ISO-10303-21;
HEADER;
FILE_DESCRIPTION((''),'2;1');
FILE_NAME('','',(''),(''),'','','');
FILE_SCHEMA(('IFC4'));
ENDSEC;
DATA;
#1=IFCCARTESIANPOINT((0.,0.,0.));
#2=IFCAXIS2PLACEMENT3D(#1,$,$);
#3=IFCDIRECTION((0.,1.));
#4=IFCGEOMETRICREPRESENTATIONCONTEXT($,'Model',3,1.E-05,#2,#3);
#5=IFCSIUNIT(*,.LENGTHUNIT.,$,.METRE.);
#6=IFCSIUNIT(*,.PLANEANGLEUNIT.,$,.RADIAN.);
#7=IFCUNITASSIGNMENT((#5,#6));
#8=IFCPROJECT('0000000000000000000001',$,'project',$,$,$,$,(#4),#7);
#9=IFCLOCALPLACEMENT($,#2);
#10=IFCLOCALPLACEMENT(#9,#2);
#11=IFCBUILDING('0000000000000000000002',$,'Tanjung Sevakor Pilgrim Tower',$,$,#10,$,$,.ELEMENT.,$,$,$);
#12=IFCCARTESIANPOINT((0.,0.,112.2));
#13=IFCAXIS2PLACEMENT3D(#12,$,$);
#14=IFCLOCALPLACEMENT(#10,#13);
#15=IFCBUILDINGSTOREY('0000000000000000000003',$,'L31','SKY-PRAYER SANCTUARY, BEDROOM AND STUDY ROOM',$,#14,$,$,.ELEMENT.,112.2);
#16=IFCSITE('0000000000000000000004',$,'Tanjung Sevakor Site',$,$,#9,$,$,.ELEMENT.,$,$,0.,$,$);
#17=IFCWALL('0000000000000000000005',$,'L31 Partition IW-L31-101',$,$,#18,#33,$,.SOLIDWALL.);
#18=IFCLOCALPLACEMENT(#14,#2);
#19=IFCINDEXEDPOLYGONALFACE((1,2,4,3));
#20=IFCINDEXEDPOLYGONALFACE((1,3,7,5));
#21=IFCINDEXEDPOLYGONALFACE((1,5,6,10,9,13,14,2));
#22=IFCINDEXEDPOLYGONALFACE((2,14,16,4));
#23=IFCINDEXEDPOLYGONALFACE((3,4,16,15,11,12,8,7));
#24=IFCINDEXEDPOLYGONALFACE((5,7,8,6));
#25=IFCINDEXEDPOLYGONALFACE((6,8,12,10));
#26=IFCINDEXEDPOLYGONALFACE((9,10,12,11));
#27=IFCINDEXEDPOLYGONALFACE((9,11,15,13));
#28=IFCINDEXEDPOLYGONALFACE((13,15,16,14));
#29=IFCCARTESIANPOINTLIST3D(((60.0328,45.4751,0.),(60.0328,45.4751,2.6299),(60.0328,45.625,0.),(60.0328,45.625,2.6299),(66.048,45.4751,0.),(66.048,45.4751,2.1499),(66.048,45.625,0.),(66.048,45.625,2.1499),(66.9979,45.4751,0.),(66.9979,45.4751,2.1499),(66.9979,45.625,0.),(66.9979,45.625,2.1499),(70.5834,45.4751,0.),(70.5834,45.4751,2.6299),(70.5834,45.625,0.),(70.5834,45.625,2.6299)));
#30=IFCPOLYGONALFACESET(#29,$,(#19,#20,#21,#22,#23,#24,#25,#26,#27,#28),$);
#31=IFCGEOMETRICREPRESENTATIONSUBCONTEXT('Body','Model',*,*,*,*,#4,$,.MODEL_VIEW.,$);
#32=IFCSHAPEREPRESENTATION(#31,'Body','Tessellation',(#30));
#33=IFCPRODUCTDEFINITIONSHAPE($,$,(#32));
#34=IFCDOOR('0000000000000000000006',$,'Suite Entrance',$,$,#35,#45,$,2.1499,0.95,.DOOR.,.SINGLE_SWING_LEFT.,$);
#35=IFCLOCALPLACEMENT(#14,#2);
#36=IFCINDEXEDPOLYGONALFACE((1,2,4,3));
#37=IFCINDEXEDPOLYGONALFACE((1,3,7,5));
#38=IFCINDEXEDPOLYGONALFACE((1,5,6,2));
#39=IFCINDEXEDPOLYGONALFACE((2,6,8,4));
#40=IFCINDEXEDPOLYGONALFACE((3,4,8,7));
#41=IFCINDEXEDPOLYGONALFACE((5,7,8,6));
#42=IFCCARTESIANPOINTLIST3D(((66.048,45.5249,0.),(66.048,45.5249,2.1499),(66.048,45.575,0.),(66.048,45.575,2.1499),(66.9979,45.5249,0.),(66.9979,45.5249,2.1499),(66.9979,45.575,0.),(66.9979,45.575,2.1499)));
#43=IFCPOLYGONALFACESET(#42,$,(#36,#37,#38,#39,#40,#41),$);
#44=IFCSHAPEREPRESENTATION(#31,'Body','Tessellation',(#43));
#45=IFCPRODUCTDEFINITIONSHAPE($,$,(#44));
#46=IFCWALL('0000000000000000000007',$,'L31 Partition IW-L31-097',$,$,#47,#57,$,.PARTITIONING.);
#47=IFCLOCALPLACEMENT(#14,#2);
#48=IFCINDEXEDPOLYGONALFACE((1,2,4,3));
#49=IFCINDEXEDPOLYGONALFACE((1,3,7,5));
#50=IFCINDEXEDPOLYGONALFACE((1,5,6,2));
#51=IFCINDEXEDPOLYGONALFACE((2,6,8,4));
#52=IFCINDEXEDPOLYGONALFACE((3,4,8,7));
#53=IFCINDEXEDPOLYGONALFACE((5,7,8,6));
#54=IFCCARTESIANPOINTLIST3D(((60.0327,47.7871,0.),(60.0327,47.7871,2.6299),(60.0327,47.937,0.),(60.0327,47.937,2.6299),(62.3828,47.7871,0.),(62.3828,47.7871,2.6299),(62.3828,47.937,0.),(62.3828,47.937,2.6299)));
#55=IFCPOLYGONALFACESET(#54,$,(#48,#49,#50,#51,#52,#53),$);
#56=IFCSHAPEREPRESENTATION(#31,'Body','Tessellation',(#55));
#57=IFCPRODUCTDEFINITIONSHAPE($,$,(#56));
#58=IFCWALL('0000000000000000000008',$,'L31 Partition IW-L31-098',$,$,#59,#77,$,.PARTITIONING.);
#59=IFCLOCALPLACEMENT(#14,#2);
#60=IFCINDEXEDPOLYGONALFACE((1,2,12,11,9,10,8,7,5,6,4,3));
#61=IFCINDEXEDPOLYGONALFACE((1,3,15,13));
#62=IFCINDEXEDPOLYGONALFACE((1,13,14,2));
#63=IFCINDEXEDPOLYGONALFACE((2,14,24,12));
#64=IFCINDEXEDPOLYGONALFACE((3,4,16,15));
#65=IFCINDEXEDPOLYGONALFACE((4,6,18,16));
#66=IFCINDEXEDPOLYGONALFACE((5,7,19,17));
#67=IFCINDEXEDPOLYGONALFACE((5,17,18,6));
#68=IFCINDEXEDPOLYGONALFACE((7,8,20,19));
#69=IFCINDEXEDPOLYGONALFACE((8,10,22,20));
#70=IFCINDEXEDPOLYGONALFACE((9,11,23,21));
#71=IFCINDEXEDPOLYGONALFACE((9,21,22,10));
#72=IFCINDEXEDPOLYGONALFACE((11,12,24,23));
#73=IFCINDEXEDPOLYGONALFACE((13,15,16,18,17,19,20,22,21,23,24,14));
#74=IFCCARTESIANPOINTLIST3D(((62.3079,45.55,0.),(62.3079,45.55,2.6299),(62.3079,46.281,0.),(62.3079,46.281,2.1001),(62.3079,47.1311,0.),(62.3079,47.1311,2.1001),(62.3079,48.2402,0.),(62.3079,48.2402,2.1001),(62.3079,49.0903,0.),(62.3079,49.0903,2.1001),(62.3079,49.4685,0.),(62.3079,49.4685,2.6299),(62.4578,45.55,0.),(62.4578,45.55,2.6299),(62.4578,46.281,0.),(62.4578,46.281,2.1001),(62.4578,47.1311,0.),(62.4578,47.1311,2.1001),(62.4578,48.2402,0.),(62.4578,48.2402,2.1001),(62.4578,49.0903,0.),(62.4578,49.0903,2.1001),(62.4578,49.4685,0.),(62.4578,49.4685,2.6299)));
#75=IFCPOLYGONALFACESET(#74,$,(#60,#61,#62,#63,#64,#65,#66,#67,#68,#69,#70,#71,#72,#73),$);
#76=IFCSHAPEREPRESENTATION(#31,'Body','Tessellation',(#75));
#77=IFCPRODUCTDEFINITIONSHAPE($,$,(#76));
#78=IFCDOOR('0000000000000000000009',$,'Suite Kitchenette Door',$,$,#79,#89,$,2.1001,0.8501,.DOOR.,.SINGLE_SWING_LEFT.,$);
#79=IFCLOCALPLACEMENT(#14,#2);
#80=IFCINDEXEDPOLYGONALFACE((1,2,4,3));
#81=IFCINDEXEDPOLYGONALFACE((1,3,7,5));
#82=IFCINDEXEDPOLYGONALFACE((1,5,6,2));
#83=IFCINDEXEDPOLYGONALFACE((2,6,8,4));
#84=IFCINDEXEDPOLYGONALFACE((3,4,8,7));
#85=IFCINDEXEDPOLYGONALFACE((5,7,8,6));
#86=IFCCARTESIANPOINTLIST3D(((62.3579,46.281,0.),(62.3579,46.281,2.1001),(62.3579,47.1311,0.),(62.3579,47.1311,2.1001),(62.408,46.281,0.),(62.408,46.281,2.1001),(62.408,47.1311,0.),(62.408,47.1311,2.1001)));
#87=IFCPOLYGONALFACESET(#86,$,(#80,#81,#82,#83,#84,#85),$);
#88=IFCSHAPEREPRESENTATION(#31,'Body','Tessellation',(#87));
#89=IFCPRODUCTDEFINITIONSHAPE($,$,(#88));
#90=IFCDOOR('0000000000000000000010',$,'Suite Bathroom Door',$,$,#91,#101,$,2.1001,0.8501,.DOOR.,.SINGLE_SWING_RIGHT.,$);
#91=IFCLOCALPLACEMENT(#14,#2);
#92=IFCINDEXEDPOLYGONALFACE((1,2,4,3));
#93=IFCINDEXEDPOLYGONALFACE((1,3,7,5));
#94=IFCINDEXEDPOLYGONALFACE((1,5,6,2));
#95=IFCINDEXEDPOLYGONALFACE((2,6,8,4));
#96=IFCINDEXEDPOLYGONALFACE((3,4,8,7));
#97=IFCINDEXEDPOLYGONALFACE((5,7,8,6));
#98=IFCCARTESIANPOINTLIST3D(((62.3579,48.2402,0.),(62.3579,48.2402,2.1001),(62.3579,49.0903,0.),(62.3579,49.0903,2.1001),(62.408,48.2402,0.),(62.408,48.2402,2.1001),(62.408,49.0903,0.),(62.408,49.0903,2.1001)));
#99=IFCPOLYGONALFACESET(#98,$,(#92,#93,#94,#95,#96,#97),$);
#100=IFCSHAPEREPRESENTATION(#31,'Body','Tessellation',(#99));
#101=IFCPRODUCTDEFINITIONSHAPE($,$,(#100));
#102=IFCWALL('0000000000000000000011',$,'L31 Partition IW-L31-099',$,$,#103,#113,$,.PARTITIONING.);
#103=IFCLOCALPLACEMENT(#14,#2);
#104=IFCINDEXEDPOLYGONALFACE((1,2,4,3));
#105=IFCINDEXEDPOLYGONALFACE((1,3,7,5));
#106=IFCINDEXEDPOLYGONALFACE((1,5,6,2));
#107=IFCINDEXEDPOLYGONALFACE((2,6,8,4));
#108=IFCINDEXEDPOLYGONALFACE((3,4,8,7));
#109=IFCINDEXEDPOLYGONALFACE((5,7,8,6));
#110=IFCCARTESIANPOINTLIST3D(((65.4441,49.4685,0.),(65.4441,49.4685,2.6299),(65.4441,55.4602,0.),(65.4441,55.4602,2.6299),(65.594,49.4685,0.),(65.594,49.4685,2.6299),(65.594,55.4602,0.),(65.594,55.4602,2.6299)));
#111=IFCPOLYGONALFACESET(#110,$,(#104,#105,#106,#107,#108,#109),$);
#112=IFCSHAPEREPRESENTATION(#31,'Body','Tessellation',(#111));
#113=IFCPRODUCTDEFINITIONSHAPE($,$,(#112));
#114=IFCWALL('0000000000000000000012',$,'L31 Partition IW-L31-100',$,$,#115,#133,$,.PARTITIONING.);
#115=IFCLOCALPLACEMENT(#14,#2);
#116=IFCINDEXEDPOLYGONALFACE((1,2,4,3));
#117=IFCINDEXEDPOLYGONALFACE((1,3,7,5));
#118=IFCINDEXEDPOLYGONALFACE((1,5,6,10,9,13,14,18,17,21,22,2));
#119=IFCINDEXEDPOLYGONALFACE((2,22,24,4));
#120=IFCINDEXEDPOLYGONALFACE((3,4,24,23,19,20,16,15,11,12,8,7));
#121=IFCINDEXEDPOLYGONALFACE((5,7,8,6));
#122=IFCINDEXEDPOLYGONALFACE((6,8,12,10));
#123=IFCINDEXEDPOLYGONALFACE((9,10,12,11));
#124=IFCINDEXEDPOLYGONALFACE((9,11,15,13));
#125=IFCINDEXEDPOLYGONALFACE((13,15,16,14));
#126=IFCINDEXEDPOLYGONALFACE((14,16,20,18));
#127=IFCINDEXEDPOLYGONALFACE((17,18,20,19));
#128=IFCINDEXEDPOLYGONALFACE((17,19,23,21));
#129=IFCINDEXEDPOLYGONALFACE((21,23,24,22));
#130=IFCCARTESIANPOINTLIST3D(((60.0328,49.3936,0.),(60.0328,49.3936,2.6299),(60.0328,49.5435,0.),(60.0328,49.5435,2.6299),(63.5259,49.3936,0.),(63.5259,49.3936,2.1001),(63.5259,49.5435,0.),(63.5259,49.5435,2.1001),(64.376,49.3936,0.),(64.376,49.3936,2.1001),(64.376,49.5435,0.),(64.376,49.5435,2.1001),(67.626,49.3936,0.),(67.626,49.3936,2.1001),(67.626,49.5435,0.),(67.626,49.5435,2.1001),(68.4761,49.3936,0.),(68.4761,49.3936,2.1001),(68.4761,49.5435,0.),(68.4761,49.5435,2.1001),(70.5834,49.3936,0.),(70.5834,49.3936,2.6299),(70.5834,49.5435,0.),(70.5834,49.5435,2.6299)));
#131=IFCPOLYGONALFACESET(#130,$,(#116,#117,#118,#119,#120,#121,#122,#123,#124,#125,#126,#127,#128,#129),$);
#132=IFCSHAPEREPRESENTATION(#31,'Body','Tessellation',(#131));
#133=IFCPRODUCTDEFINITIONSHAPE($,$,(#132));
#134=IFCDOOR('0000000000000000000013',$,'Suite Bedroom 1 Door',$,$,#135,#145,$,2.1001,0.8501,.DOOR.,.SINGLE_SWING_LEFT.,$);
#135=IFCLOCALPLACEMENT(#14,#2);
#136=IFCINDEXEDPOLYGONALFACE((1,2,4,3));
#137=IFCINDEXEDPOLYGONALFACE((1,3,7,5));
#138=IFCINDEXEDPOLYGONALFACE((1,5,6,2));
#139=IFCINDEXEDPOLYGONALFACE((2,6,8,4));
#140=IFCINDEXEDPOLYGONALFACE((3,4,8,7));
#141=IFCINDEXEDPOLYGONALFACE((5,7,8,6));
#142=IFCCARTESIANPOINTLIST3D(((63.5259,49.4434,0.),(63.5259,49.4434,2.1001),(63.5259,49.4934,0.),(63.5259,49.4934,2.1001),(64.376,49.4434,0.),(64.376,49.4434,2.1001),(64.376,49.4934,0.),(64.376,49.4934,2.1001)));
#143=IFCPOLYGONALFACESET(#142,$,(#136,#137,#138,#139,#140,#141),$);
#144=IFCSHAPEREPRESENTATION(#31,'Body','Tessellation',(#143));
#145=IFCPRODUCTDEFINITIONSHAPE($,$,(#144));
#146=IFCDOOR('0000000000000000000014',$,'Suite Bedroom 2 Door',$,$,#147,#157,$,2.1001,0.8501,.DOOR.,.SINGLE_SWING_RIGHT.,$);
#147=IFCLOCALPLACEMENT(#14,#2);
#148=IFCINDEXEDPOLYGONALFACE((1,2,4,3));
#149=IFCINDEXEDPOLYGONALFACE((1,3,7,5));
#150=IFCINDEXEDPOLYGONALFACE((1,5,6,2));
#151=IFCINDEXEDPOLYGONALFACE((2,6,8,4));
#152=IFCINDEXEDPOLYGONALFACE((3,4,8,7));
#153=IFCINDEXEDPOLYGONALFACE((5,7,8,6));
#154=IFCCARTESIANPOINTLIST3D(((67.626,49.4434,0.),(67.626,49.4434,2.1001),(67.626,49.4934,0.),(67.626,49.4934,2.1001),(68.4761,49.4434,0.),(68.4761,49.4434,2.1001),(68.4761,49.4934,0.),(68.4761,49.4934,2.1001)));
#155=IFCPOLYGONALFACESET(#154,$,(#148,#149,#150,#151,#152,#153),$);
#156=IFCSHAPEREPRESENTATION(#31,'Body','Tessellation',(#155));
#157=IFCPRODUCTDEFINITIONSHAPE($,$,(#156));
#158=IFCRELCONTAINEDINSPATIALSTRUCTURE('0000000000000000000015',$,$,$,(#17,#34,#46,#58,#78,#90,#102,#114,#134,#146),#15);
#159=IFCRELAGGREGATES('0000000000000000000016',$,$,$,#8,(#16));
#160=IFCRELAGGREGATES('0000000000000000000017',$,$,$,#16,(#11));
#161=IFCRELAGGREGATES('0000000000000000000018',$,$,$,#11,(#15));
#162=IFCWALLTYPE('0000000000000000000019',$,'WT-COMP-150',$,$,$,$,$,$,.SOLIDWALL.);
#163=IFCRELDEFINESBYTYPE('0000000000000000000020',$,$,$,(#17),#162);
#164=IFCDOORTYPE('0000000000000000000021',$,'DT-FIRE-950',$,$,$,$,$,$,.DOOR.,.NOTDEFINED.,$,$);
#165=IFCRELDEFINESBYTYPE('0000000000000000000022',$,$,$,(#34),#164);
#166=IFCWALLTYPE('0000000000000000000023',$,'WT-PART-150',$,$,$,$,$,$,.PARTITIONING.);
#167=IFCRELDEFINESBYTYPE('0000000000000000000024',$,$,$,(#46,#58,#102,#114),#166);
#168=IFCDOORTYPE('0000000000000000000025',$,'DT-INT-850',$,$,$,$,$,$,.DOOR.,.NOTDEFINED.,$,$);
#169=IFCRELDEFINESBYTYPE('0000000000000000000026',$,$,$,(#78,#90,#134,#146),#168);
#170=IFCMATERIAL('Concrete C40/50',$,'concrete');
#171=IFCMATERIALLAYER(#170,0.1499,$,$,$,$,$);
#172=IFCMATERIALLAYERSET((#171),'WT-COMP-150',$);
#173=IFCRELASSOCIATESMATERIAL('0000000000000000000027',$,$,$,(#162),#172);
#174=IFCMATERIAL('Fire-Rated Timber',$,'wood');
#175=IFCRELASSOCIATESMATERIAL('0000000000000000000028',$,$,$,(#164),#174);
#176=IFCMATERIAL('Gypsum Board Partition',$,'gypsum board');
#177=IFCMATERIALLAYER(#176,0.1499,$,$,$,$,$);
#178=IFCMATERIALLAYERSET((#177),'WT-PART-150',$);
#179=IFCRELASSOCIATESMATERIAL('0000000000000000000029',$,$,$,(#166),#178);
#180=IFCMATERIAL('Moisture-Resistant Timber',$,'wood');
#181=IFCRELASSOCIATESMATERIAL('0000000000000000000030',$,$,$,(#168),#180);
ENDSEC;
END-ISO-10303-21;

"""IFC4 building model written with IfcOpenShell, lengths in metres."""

from ifc_helpers import new_model, si_unit, direction, frame, frame_2d, origin, place, context, subcontext, project, spatial, rectangle, extrude, material, layer, layer_set, type_object, element, fill, save


model = new_model("IFC4")

# Units and contexts
model_context = context("Model", 3, precision=1e-05, world=origin(), true_north=direction((0.0, 1.0)))
body_context = subcontext(model_context, "Body", "Model", "MODEL_VIEW")
ifc_project = project(units=[si_unit("LENGTHUNIT", "METRE"), si_unit("PLANEANGLEUNIT", "RADIAN")], contexts=[model_context])

# Site, building, storey
site_placement = place(None, origin())
site = spatial("IfcSite", under=ifc_project, at=site_placement, Name="Tanjung Sevakor Site", CompositionType="ELEMENT", RefElevation=0.0)
building_placement = place(site_placement, origin())
building = spatial("IfcBuilding", under=site, at=building_placement, Name="Tanjung Sevakor Pilgrim Tower", CompositionType="ELEMENT")
storey_placement = place(building_placement, frame((0.0, 0.0, 112.2)))
storey = spatial("IfcBuildingStorey", under=building, at=storey_placement, Name="L31", Description="SKY-PRAYER SANCTUARY, BEDROOM AND STUDY ROOM", CompositionType="ELEMENT", Elevation=112.2)

# Shared definitions
ifc_material_1 = material(Name="Concrete C40/50", Category="concrete")
ifc_layer_1 = layer(ifc_material_1, 0.1499)
ifc_layer_set_1 = layer_set([ifc_layer_1], Name="WT-COMP-150")
wall_type_1 = type_object("IfcWallType", Name="WT-COMP-150", PredefinedType="SOLIDWALL", material=ifc_layer_set_1)

# Wall, opening, door
wall_1_placement = place(storey_placement, frame((60.0327, 45.55, 0.0), z_axis=(0.0, 0.0, 1.0), x_axis=(1.0, 0.0, 0.0)))
wall_1 = element("IfcWall", 1, at=wall_1_placement, inside=storey, type_object=wall_type_1, Name="L31 Partition IW-L31-101", PredefinedType="SOLIDWALL", context=body_context, shape_type="SweptSolid", body=[
    extrude(rectangle(XDim=10.5505, YDim=0.1499, at=frame_2d((5.2754, 0.0))), origin(), (0.0, 0.0, 1.0), 2.6299),
])
opening_1_placement = place(wall_1_placement, frame((6.0151, 0.0, 0.0)))
opening_1 = element("IfcOpeningElement", 2, at=opening_1_placement, cuts=wall_1, PredefinedType="OPENING", context=body_context, shape_type="SweptSolid", body=[
    extrude(rectangle(XDim=0.95, YDim=2.1499, at=frame_2d((0.4751, 1.075))), frame((0.0, 0.085, 0.0), z_axis=(0.0, -1.0, 0.0), x_axis=(1.0, 0.0, 0.0)), (0.0, 0.0, 1.0), 0.1699),
])
ifc_material_2 = material(Name="Fire-Rated Timber", Category="wood")
door_type_1 = type_object("IfcDoorType", Name="DT-FIRE-950", OperationType="NOTDEFINED", PredefinedType="DOOR", material=ifc_material_2)
door_1_placement = place(opening_1_placement, origin())
door_1 = element("IfcDoor", 3, at=door_1_placement, inside=storey, type_object=door_type_1, Name="Suite Entrance", OperationType="SINGLE_SWING_LEFT", OverallHeight=2.1499, OverallWidth=0.95, PredefinedType="DOOR", context=body_context, shape_type="SweptSolid", body=[
    extrude(rectangle(XDim=0.95, YDim=2.1499, at=frame_2d((0.4751, 1.075))), frame((0.0, 0.0249, 0.0), z_axis=(0.0, -1.0, 0.0), x_axis=(1.0, 0.0, 0.0)), (0.0, 0.0, 1.0), 0.05),
])
fill(opening_1, door_1)

# Wall
ifc_material_3 = material(Name="Gypsum Board Partition", Category="gypsum board")
ifc_layer_2 = layer(ifc_material_3, 0.1499)
ifc_layer_set_2 = layer_set([ifc_layer_2], Name="WT-PART-150")
wall_type_2 = type_object("IfcWallType", Name="WT-PART-150", PredefinedType="PARTITIONING", material=ifc_layer_set_2)
wall_2_placement = place(storey_placement, frame((60.0327, 47.8621, 0.0), z_axis=(0.0, 0.0, 1.0), x_axis=(1.0, 0.0, 0.0)))
element("IfcWall", 4, at=wall_2_placement, inside=storey, type_object=wall_type_2, Name="L31 Partition IW-L31-097", PredefinedType="PARTITIONING", context=body_context, shape_type="SweptSolid", body=[
    extrude(rectangle(XDim=2.3501, YDim=0.1499, at=frame_2d((1.175, 0.0))), origin(), (0.0, 0.0, 1.0), 2.6299),
])

# Wall, openings, doors
wall_3_placement = place(storey_placement, frame((62.3828, 45.55, 0.0), z_axis=(0.0, 0.0, 1.0), x_axis=(0.0, 1.0, 0.0)))
wall_3 = element("IfcWall", 5, at=wall_3_placement, inside=storey, type_object=wall_type_2, Name="L31 Partition IW-L31-098", PredefinedType="PARTITIONING", context=body_context, shape_type="SweptSolid", body=[
    extrude(rectangle(XDim=3.9185, YDim=0.1499, at=frame_2d((1.9592, 0.0))), origin(), (0.0, 0.0, 1.0), 2.6299),
])
opening_2_placement = place(wall_3_placement, frame((0.731, 0.0, 0.0)))
opening_2 = element("IfcOpeningElement", 6, at=opening_2_placement, cuts=wall_3, PredefinedType="OPENING", context=body_context, shape_type="SweptSolid", body=[
    extrude(rectangle(XDim=0.8501, YDim=2.1001, at=frame_2d((0.425, 1.05))), frame((0.0, 0.085, 0.0), z_axis=(0.0, -1.0, 0.0), x_axis=(1.0, 0.0, 0.0)), (0.0, 0.0, 1.0), 0.1699),
])
opening_3_placement = place(wall_3_placement, frame((2.6902, 0.0, 0.0)))
opening_3 = element("IfcOpeningElement", 7, at=opening_3_placement, cuts=wall_3, PredefinedType="OPENING", context=body_context, shape_type="SweptSolid", body=[
    extrude(rectangle(XDim=0.8501, YDim=2.1001, at=frame_2d((0.425, 1.05))), frame((0.0, 0.085, 0.0), z_axis=(0.0, -1.0, 0.0), x_axis=(1.0, 0.0, 0.0)), (0.0, 0.0, 1.0), 0.1699),
])
ifc_material_4 = material(Name="Moisture-Resistant Timber", Category="wood")
door_type_2 = type_object("IfcDoorType", Name="DT-INT-850", OperationType="NOTDEFINED", PredefinedType="DOOR", material=ifc_material_4)
door_2_placement = place(opening_2_placement, origin())
door_2 = element("IfcDoor", 8, at=door_2_placement, inside=storey, type_object=door_type_2, Name="Suite Kitchenette Door", OperationType="SINGLE_SWING_LEFT", OverallHeight=2.1001, OverallWidth=0.8501, PredefinedType="DOOR", context=body_context, shape_type="SweptSolid", body=[
    extrude(rectangle(XDim=0.8501, YDim=2.1001, at=frame_2d((0.425, 1.05))), frame((0.0, 0.0249, 0.0), z_axis=(0.0, -1.0, 0.0), x_axis=(1.0, 0.0, 0.0)), (0.0, 0.0, 1.0), 0.05),
])
fill(opening_2, door_2)
door_3_placement = place(opening_3_placement, origin())
door_3 = element("IfcDoor", 9, at=door_3_placement, inside=storey, type_object=door_type_2, Name="Suite Bathroom Door", OperationType="SINGLE_SWING_RIGHT", OverallHeight=2.1001, OverallWidth=0.8501, PredefinedType="DOOR", context=body_context, shape_type="SweptSolid", body=[
    extrude(rectangle(XDim=0.8501, YDim=2.1001, at=frame_2d((0.425, 1.05))), frame((0.0, 0.0249, 0.0), z_axis=(0.0, -1.0, 0.0), x_axis=(1.0, 0.0, 0.0)), (0.0, 0.0, 1.0), 0.05),
])
fill(opening_3, door_3)

# Wall
wall_4_placement = place(storey_placement, frame((65.519, 49.4685, 0.0), z_axis=(0.0, 0.0, 1.0), x_axis=(0.0, 1.0, 0.0)))
element("IfcWall", 10, at=wall_4_placement, inside=storey, type_object=wall_type_2, Name="L31 Partition IW-L31-099", PredefinedType="PARTITIONING", context=body_context, shape_type="SweptSolid", body=[
    extrude(rectangle(XDim=5.9917, YDim=0.1499, at=frame_2d((2.9958, 0.0))), origin(), (0.0, 0.0, 1.0), 2.6299),
])

# Wall, openings, doors
wall_5_placement = place(storey_placement, frame((60.0327, 49.4685, 0.0), z_axis=(0.0, 0.0, 1.0), x_axis=(1.0, 0.0, 0.0)))
wall_5 = element("IfcWall", 11, at=wall_5_placement, inside=storey, type_object=wall_type_2, Name="L31 Partition IW-L31-100", PredefinedType="PARTITIONING", context=body_context, shape_type="SweptSolid", body=[
    extrude(rectangle(XDim=10.5505, YDim=0.1499, at=frame_2d((5.2754, 0.0))), origin(), (0.0, 0.0, 1.0), 2.6299),
])
opening_4_placement = place(wall_5_placement, frame((3.4932, 0.0, 0.0)))
opening_4 = element("IfcOpeningElement", 12, at=opening_4_placement, cuts=wall_5, PredefinedType="OPENING", context=body_context, shape_type="SweptSolid", body=[
    extrude(rectangle(XDim=0.8501, YDim=2.1001, at=frame_2d((0.425, 1.05))), frame((0.0, 0.085, 0.0), z_axis=(0.0, -1.0, 0.0), x_axis=(1.0, 0.0, 0.0)), (0.0, 0.0, 1.0), 0.1699),
])
opening_5_placement = place(wall_5_placement, frame((7.5933, 0.0, 0.0)))
opening_5 = element("IfcOpeningElement", 13, at=opening_5_placement, cuts=wall_5, PredefinedType="OPENING", context=body_context, shape_type="SweptSolid", body=[
    extrude(rectangle(XDim=0.8501, YDim=2.1001, at=frame_2d((0.425, 1.05))), frame((0.0, 0.085, 0.0), z_axis=(0.0, -1.0, 0.0), x_axis=(1.0, 0.0, 0.0)), (0.0, 0.0, 1.0), 0.1699),
])
door_4_placement = place(opening_4_placement, origin())
door_4 = element("IfcDoor", 14, at=door_4_placement, inside=storey, type_object=door_type_2, Name="Suite Bedroom 1 Door", OperationType="SINGLE_SWING_LEFT", OverallHeight=2.1001, OverallWidth=0.8501, PredefinedType="DOOR", context=body_context, shape_type="SweptSolid", body=[
    extrude(rectangle(XDim=0.8501, YDim=2.1001, at=frame_2d((0.425, 1.05))), frame((0.0, 0.0249, 0.0), z_axis=(0.0, -1.0, 0.0), x_axis=(1.0, 0.0, 0.0)), (0.0, 0.0, 1.0), 0.05),
])
fill(opening_4, door_4)
door_5_placement = place(opening_5_placement, origin())
door_5 = element("IfcDoor", 15, at=door_5_placement, inside=storey, type_object=door_type_2, Name="Suite Bedroom 2 Door", OperationType="SINGLE_SWING_RIGHT", OverallHeight=2.1001, OverallWidth=0.8501, PredefinedType="DOOR", context=body_context, shape_type="SweptSolid", body=[
    extrude(rectangle(XDim=0.8501, YDim=2.1001, at=frame_2d((0.425, 1.05))), frame((0.0, 0.0249, 0.0), z_axis=(0.0, -1.0, 0.0), x_axis=(1.0, 0.0, 0.0)), (0.0, 0.0, 1.0), 0.05),
])
fill(opening_5, door_5)

save(model, "model.ifc")
